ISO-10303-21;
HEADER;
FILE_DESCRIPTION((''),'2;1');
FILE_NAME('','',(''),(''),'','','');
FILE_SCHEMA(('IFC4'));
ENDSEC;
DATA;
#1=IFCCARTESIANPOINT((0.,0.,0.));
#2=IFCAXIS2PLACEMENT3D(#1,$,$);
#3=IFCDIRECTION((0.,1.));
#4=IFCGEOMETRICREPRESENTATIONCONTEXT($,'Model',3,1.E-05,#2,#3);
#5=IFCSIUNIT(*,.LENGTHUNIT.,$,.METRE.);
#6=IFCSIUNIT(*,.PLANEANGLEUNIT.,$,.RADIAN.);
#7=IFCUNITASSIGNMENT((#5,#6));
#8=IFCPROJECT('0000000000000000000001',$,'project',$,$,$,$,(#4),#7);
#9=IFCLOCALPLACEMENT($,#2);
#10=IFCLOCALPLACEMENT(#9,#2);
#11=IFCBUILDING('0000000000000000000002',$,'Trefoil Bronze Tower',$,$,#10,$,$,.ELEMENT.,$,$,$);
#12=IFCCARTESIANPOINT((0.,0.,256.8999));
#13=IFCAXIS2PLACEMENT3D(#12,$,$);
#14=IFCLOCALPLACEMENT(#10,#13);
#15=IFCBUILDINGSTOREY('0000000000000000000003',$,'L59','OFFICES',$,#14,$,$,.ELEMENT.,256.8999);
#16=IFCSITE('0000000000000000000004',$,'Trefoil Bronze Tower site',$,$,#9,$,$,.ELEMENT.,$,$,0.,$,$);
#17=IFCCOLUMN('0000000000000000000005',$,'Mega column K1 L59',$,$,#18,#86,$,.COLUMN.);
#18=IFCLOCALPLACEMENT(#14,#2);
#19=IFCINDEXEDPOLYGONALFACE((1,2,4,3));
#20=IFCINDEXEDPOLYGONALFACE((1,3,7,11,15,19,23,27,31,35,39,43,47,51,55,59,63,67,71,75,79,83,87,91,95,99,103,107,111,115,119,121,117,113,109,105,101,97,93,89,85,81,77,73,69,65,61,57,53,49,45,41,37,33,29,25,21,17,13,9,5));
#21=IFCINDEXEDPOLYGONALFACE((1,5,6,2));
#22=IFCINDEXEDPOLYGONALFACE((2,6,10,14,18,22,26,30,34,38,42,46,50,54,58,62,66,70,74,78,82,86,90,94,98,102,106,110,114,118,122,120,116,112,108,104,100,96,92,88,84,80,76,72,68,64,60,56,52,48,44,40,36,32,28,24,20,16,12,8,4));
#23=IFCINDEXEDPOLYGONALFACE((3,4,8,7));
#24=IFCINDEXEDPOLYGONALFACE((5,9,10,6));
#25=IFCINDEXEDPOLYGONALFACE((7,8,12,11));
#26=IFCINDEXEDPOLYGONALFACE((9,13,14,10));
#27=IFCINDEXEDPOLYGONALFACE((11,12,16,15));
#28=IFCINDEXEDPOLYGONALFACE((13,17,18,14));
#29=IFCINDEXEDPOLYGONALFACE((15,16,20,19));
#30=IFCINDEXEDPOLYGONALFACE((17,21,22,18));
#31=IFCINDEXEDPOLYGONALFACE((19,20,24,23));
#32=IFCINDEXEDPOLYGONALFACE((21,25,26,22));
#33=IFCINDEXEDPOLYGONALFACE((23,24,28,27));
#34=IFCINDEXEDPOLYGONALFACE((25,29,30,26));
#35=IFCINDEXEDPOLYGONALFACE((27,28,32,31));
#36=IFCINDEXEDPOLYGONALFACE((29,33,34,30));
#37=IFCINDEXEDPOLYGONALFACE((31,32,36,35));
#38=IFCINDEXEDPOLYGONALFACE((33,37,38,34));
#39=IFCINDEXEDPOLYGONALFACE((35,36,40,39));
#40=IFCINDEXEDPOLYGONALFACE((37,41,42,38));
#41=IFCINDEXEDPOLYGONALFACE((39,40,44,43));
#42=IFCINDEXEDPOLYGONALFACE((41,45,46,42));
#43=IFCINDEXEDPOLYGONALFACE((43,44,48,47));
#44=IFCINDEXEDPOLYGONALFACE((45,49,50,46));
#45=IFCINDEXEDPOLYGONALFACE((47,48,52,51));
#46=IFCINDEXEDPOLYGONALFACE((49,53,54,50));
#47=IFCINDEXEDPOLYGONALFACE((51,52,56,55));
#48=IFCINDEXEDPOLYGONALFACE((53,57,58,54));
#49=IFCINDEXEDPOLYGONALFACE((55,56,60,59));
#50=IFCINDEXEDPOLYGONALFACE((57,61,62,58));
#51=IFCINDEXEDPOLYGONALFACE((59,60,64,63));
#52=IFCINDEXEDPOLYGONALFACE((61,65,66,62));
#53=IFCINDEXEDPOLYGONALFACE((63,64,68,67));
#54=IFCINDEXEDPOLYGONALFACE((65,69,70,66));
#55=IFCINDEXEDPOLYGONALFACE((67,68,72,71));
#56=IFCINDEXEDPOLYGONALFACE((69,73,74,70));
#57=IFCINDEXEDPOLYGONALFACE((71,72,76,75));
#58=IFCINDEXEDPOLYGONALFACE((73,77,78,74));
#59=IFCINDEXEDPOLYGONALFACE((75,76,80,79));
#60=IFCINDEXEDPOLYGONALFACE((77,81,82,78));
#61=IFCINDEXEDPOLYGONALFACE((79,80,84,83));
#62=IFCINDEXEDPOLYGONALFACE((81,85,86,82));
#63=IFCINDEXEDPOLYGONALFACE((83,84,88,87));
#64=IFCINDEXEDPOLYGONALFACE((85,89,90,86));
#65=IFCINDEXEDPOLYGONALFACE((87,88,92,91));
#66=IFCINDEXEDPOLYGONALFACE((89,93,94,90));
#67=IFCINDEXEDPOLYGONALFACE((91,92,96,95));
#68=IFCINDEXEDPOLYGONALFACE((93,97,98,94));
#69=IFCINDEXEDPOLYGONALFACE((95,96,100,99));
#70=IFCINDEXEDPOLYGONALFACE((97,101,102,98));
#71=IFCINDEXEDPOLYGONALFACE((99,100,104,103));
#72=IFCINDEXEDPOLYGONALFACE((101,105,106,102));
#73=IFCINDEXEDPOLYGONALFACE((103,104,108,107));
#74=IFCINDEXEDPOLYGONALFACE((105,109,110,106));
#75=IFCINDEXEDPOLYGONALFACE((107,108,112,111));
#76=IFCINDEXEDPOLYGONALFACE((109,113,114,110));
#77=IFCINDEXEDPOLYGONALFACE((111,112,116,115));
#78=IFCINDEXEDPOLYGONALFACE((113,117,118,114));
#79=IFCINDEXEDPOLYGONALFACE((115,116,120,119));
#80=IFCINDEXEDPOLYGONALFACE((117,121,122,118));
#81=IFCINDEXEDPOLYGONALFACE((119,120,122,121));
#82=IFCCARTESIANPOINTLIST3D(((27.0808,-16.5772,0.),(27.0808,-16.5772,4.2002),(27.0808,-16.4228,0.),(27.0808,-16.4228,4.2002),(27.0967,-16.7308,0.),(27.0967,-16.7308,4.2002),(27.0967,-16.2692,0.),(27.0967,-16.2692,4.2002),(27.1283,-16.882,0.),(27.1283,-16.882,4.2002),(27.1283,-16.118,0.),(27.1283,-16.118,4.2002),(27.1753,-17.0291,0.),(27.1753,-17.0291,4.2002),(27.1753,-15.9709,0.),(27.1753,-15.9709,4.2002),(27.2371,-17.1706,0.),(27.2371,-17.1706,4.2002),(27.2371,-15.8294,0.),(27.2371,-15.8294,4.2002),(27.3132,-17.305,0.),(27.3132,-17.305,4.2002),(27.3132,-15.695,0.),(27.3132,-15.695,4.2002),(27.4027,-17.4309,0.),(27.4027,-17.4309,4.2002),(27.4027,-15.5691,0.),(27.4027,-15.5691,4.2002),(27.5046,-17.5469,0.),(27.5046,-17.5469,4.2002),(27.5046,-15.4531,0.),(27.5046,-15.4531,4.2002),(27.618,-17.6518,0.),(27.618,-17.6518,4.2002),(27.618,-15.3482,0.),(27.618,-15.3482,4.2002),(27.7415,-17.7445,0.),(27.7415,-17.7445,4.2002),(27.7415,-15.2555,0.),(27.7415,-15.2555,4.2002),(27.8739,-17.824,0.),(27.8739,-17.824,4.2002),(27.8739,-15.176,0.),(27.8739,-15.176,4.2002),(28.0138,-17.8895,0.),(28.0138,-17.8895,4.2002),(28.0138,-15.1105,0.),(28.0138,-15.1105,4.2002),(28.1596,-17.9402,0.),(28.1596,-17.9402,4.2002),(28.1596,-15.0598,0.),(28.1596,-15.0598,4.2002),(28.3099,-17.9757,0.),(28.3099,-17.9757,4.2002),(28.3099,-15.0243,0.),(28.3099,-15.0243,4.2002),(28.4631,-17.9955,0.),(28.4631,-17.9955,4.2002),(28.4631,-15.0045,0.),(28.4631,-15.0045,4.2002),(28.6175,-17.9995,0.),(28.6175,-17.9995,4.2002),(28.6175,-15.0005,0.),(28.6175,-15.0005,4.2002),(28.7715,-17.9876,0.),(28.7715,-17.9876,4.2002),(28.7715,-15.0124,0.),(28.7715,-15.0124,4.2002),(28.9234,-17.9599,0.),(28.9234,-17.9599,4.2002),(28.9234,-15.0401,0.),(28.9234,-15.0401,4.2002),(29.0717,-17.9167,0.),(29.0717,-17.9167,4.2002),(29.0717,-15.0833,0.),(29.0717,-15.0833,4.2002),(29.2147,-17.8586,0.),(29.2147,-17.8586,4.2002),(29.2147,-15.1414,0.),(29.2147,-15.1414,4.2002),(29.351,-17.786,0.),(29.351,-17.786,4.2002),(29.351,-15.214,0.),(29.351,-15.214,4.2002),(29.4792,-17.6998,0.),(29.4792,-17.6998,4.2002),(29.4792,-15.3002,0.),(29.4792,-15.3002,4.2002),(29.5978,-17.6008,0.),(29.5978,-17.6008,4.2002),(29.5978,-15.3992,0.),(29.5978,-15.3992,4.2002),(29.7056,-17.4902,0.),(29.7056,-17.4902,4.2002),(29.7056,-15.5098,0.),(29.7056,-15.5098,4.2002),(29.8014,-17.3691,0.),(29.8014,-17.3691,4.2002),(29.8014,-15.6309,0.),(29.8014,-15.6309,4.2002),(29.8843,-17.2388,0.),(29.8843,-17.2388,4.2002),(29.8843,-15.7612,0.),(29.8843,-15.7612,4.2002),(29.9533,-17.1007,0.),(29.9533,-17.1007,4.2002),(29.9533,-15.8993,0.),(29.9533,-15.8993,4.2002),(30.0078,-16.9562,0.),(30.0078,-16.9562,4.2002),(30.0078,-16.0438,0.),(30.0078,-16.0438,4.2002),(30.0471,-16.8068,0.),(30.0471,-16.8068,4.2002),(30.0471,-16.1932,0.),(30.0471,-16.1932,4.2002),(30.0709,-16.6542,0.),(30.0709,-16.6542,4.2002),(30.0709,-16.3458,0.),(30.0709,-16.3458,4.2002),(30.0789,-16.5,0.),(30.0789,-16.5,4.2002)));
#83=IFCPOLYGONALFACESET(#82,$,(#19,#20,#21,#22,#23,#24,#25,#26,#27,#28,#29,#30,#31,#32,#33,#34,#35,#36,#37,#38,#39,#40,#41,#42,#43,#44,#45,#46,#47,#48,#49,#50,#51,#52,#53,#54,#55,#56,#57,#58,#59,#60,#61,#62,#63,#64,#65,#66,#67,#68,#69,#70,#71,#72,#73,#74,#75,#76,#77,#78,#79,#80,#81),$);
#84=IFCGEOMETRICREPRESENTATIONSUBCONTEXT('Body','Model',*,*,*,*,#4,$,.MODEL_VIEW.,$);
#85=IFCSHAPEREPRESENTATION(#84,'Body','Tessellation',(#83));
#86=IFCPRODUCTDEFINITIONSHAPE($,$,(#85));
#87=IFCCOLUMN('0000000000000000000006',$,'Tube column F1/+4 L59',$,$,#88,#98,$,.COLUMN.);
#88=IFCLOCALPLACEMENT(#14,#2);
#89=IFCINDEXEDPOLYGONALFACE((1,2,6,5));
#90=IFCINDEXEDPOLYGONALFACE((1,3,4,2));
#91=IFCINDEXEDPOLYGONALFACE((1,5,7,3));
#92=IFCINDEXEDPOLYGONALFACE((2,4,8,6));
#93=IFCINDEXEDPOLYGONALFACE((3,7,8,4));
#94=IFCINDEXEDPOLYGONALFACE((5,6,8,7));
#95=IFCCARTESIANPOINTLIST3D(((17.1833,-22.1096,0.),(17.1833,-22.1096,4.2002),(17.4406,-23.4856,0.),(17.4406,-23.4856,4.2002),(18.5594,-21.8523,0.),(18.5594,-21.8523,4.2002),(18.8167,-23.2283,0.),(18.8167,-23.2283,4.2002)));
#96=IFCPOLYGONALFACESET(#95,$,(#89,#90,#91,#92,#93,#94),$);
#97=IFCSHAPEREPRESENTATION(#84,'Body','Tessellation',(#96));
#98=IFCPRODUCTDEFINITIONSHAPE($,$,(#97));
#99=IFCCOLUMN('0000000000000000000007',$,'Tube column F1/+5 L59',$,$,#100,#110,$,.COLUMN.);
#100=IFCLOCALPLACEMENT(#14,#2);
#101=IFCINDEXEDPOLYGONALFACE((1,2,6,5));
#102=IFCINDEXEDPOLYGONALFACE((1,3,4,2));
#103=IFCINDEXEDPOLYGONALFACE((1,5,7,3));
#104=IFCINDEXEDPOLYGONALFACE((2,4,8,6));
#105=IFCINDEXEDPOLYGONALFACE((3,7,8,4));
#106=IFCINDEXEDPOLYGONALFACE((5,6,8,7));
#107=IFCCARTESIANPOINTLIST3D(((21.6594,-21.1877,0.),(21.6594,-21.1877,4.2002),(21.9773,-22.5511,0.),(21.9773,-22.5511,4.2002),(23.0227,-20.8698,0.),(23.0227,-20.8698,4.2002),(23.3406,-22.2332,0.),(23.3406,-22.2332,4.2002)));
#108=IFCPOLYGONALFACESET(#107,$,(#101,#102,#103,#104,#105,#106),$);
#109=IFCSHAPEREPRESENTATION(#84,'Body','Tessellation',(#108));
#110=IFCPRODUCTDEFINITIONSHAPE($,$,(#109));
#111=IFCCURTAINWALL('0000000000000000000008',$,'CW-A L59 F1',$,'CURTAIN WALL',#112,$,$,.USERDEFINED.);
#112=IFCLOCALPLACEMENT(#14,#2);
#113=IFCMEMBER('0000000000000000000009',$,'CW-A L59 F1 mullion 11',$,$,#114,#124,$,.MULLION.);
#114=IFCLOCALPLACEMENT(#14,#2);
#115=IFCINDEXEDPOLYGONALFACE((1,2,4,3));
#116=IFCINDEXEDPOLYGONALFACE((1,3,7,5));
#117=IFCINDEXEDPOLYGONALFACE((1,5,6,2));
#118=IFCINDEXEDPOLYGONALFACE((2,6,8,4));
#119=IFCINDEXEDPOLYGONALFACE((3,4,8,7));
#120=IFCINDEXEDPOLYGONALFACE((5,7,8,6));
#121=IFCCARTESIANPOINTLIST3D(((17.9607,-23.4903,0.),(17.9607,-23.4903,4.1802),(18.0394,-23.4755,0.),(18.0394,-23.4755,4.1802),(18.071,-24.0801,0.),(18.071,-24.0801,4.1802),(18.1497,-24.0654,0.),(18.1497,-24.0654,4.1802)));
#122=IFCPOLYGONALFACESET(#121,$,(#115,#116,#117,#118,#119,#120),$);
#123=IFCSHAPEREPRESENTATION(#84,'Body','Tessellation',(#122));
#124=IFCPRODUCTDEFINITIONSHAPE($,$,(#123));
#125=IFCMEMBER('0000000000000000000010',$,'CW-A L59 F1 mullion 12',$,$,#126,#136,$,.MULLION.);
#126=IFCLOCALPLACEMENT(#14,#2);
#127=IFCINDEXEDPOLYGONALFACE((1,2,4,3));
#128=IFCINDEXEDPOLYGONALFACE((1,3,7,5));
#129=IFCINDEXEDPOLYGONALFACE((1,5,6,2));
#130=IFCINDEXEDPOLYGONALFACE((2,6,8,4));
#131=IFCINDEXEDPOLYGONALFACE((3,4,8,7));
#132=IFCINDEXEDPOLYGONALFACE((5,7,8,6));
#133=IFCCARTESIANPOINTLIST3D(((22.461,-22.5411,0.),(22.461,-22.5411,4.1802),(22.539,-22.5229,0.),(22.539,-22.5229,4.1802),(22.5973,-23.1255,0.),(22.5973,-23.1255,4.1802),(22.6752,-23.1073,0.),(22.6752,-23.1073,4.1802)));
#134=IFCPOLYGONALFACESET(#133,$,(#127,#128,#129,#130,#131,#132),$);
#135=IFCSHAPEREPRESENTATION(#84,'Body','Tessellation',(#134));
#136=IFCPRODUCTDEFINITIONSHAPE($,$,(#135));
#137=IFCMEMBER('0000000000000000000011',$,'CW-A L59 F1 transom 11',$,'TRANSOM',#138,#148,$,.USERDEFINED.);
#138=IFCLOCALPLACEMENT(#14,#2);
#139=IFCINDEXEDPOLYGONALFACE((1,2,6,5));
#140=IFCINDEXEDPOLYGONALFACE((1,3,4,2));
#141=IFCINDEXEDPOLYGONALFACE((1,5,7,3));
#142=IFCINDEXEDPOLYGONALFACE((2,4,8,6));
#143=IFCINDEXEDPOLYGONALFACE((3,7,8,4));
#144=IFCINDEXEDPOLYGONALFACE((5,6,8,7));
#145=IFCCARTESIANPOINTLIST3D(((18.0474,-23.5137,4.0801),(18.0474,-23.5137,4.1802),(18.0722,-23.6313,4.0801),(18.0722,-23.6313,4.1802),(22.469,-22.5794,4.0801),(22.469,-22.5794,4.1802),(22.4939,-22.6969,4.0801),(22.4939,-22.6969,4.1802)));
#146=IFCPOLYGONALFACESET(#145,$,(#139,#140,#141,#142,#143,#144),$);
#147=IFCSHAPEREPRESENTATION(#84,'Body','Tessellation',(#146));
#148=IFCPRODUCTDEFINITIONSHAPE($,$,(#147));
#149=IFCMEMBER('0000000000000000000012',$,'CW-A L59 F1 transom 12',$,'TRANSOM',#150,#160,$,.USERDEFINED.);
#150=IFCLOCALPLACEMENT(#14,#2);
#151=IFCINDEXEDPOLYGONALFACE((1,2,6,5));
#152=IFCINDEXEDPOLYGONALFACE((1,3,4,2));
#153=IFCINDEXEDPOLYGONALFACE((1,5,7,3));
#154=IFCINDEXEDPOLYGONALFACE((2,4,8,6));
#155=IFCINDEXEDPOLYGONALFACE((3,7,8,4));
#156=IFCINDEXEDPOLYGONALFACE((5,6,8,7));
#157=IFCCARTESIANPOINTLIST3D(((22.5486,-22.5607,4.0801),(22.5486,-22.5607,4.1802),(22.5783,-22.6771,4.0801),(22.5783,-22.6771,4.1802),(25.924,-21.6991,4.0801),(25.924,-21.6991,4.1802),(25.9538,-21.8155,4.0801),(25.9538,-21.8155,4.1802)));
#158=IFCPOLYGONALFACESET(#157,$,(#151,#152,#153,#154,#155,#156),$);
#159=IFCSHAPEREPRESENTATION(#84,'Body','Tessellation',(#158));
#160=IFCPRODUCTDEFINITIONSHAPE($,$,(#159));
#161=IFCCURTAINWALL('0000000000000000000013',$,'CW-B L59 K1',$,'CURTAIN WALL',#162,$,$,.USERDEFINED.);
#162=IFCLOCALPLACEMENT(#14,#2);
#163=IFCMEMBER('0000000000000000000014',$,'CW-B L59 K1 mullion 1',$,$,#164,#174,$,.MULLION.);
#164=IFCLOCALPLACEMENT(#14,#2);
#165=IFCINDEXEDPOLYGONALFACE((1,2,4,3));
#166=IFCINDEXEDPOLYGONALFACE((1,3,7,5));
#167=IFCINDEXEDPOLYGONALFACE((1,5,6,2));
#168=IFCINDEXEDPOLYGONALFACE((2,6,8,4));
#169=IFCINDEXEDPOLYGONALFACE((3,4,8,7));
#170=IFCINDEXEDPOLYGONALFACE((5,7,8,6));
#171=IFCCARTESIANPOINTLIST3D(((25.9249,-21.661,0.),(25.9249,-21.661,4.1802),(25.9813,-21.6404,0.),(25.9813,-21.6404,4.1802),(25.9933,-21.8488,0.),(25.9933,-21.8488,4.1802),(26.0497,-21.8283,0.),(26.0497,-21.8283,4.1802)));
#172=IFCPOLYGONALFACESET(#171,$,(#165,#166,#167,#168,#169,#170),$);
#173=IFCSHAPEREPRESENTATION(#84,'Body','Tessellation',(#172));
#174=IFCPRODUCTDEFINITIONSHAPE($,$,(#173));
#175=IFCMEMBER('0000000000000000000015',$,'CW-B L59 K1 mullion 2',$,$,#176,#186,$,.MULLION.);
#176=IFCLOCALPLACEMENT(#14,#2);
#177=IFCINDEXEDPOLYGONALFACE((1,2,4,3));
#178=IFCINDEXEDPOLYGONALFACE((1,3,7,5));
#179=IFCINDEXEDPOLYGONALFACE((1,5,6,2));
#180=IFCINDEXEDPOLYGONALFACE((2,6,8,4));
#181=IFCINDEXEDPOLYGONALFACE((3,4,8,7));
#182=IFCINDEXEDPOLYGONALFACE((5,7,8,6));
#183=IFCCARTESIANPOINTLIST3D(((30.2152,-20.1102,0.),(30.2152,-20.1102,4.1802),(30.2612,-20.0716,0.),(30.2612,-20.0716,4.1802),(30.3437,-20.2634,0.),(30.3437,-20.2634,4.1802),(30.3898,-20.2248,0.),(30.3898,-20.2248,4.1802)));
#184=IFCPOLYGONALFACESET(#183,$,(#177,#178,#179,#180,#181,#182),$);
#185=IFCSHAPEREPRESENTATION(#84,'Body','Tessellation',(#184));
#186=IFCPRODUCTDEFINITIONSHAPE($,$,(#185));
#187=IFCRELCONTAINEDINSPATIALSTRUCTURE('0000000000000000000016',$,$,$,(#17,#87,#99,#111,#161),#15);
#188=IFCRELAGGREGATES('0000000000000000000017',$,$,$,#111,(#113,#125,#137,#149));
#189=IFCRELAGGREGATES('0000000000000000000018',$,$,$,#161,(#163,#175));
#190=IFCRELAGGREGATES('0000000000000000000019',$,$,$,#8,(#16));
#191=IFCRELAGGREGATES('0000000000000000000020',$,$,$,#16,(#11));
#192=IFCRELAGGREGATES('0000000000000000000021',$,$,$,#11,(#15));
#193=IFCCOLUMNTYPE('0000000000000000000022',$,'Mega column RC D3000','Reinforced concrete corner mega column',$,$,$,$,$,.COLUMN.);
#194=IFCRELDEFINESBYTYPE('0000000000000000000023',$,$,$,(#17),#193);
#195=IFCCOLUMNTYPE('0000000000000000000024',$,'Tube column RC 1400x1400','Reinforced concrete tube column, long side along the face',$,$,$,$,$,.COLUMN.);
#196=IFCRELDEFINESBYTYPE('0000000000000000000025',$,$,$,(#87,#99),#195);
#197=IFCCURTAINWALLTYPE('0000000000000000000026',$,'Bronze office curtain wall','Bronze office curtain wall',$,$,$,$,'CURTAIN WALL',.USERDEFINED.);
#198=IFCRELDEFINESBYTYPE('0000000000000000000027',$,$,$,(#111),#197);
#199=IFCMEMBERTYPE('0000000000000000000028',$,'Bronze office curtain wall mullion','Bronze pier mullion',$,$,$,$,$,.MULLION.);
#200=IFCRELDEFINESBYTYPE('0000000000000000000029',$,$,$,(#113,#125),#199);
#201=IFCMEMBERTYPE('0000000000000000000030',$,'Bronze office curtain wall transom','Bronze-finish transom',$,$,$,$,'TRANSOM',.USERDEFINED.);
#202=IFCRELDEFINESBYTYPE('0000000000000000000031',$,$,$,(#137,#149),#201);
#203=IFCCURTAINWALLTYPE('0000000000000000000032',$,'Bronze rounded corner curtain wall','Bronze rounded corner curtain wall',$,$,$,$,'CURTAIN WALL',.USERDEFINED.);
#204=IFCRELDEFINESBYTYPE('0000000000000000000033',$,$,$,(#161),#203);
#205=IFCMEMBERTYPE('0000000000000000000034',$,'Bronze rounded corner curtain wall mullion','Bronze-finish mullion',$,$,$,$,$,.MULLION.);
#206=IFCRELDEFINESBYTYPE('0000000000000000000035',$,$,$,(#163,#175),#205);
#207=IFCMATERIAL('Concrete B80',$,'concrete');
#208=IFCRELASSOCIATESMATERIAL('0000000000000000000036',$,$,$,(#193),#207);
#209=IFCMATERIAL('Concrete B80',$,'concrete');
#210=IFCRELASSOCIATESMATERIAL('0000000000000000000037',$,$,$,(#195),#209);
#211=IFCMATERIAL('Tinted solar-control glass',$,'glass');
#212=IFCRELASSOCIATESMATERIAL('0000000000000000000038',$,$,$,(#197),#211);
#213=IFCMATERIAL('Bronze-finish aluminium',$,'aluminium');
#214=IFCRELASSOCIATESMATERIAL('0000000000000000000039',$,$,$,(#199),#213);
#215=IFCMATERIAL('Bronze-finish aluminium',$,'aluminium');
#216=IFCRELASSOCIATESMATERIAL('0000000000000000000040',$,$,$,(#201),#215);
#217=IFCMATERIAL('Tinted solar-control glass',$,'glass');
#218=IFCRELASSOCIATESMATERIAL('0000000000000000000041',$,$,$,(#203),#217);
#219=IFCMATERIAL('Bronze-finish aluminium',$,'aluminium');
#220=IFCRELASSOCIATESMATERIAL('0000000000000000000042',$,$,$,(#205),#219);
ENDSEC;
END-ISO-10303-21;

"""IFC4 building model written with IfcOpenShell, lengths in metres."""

from ifc_helpers import new_model, si_unit, direction, frame, origin, origin_2d, place, context, subcontext, project, spatial, rectangle, circle, extrude, material, material_profile, profile_set, type_object, element, aggregate, save


model = new_model("IFC4")

# Units and contexts
model_context = context("Model", 3, precision=1e-05, world=origin(), true_north=direction((0.0, 1.0)))
body_context = subcontext(model_context, "Body", "Model", "MODEL_VIEW")
ifc_project = project(units=[si_unit("LENGTHUNIT", "METRE"), si_unit("PLANEANGLEUNIT", "RADIAN")], contexts=[model_context])

# Site, building, storey
site_placement = place(None, origin())
site = spatial("IfcSite", under=ifc_project, at=site_placement, Name="Trefoil Bronze Tower site", CompositionType="ELEMENT", RefElevation=0.0)
building_placement = place(site_placement, origin())
building = spatial("IfcBuilding", under=site, at=building_placement, Name="Trefoil Bronze Tower", CompositionType="ELEMENT")
storey_placement = place(building_placement, frame((0.0, 0.0, 256.8999)))
storey = spatial("IfcBuildingStorey", under=building, at=storey_placement, Name="L59", Description="OFFICES", CompositionType="ELEMENT", Elevation=256.8999)

# Columns
ifc_material_1 = material(Name="Concrete B80", Category="concrete")
ifc_material_profile_1 = material_profile(ifc_material_1, circle(Radius=1.5, at=origin_2d()), Name="RC D3000")
ifc_profile_set_1 = profile_set([ifc_material_profile_1], Name="Concrete B80")
column_type_1 = type_object("IfcColumnType", Name="Mega column RC D3000", Description="Reinforced concrete corner mega column", PredefinedType="COLUMN", material=ifc_profile_set_1)
column_placement = place(storey_placement, frame((28.5789, -16.5, 0.0), z_axis=(0.0, 0.0, 1.0), x_axis=(1.0, 0.0, 0.0)))
element("IfcColumn", 1, at=column_placement, inside=storey, type_object=column_type_1, Name="Mega column K1 L59", PredefinedType="COLUMN", context=body_context, shape_type="SweptSolid", body=[
    extrude(circle(Radius=1.5, at=origin_2d()), origin(), (0.0, 0.0, 1.0), 4.2002),
])
ifc_material_2 = material(Name="Concrete B80", Category="concrete")
ifc_material_profile_2 = material_profile(ifc_material_2, rectangle(XDim=1.3999, YDim=1.3999, at=origin_2d()), Name="RC 1400x1400")
ifc_profile_set_2 = profile_set([ifc_material_profile_2], Name="Concrete B80")
column_type_2 = type_object("IfcColumnType", Name="Tube column RC 1400x1400", Description="Reinforced concrete tube column, long side along the face", PredefinedType="COLUMN", material=ifc_profile_set_2)
for number, where, z_axis, x_axis, name in (
    (2, (18.0, -22.6689, 0.0), (0.0, 0.0, 1.0), (0.982959, 0.183825, 0.0), "Tube column F1/+4 L59"),
    (3, (22.5, -21.7104, 0.0), (0.0, 0.0, 1.0), (0.973875, 0.227083, 0.0), "Tube column F1/+5 L59"),
):
    element("IfcColumn", number, at=place(storey_placement, frame(where, z_axis=z_axis, x_axis=x_axis)), inside=storey, type_object=column_type_2, Name=name, PredefinedType="COLUMN", context=body_context, shape_type="SweptSolid", body=[
        extrude(rectangle(XDim=1.3999, YDim=1.3999, at=origin_2d()), origin(), (0.0, 0.0, 1.0), 4.2002),
    ])

# Curtain walls, members
ifc_material_3 = material(Name="Tinted solar-control glass", Category="glass")
curtain_wall_type_1 = type_object("IfcCurtainWallType", Name="Bronze office curtain wall", Description="Bronze office curtain wall", ElementType="CURTAIN WALL", PredefinedType="USERDEFINED", material=ifc_material_3)
curtain_wall_1_placement = place(storey_placement, origin())
curtain_wall_1 = element("IfcCurtainWall", 4, at=curtain_wall_1_placement, inside=storey, type_object=curtain_wall_type_1, Name="CW-A L59 F1", ObjectType="CURTAIN WALL", PredefinedType="USERDEFINED")
ifc_material_4 = material(Name="Bronze-finish aluminium", Category="aluminium")
ifc_material_profile_3 = material_profile(ifc_material_4, rectangle(XDim=0.6001, YDim=0.0801, at=origin_2d()), Name="CW-A mullion")
ifc_profile_set_3 = profile_set([ifc_material_profile_3], Name="Bronze-finish aluminium")
member_type_1 = type_object("IfcMemberType", Name="Bronze office curtain wall mullion", Description="Bronze pier mullion", PredefinedType="MULLION", material=ifc_profile_set_3)
member_1_placement = place(storey_placement, frame((18.0552, -23.7778, 0.0), z_axis=(0.0, 0.0, 1.0), x_axis=(-0.183825, 0.982959, 0.0)))
member_1 = element("IfcMember", 5, at=member_1_placement, type_object=member_type_1, Name="CW-A L59 F1 mullion 11", PredefinedType="MULLION", context=body_context, shape_type="SweptSolid", body=[
    extrude(rectangle(XDim=0.6001, YDim=0.0801, at=origin_2d()), origin(), (0.0, 0.0, 1.0), 4.1802),
])
member_2_placement = place(storey_placement, frame((22.5681, -22.8242, 0.0), z_axis=(0.0, 0.0, 1.0), x_axis=(-0.227083, 0.973875, 0.0)))
member_2 = element("IfcMember", 6, at=member_2_placement, type_object=member_type_1, Name="CW-A L59 F1 mullion 12", PredefinedType="MULLION", context=body_context, shape_type="SweptSolid", body=[
    extrude(rectangle(XDim=0.6001, YDim=0.0801, at=origin_2d()), origin(), (0.0, 0.0, 1.0), 4.1802),
])
ifc_material_5 = material(Name="Bronze-finish aluminium", Category="aluminium")
ifc_material_profile_4 = material_profile(ifc_material_5, rectangle(XDim=0.1201, YDim=0.1001, at=origin_2d()), Name="CW-A transom")
ifc_profile_set_4 = profile_set([ifc_material_profile_4], Name="Bronze-finish aluminium")
member_type_2 = type_object("IfcMemberType", Name="Bronze office curtain wall transom", Description="Bronze-finish transom", ElementType="TRANSOM", PredefinedType="USERDEFINED", material=ifc_profile_set_4)
member_3_placement = place(storey_placement, frame((18.0598, -23.5725, 4.1301), z_axis=(0.978395, 0.206743, 0.0), x_axis=(-0.206743, 0.978395, 0.0)))
member_3 = element("IfcMember", 7, at=member_3_placement, type_object=member_type_2, Name="CW-A L59 F1 transom 11", ObjectType="TRANSOM", PredefinedType="USERDEFINED", context=body_context, shape_type="SweptSolid", body=[
    extrude(rectangle(XDim=0.1201, YDim=0.1001, at=origin_2d()), origin(), (0.0, 0.0, 1.0), 4.5193),
])
member_4_placement = place(storey_placement, frame((22.5635, -22.6189, 4.1301), z_axis=(0.968935, 0.247315, 0.0), x_axis=(-0.247315, 0.968935, 0.0)))
member_4 = element("IfcMember", 8, at=member_4_placement, type_object=member_type_2, Name="CW-A L59 F1 transom 12", ObjectType="TRANSOM", PredefinedType="USERDEFINED", context=body_context, shape_type="SweptSolid", body=[
    extrude(rectangle(XDim=0.1201, YDim=0.1001, at=origin_2d()), origin(), (0.0, 0.0, 1.0), 3.4836),
])
ifc_material_6 = material(Name="Tinted solar-control glass", Category="glass")
curtain_wall_type_2 = type_object("IfcCurtainWallType", Name="Bronze rounded corner curtain wall", Description="Bronze rounded corner curtain wall", ElementType="CURTAIN WALL", PredefinedType="USERDEFINED", material=ifc_material_6)
curtain_wall_2_placement = place(storey_placement, origin())
curtain_wall_2 = element("IfcCurtainWall", 9, at=curtain_wall_2_placement, inside=storey, type_object=curtain_wall_type_2, Name="CW-B L59 K1", ObjectType="CURTAIN WALL", PredefinedType="USERDEFINED")
ifc_material_7 = material(Name="Bronze-finish aluminium", Category="aluminium")
ifc_material_profile_5 = material_profile(ifc_material_7, rectangle(XDim=0.2, YDim=0.0601, at=origin_2d()), Name="CW-B mullion")
ifc_profile_set_5 = profile_set([ifc_material_profile_5], Name="Bronze-finish aluminium")
member_type_3 = type_object("IfcMemberType", Name="Bronze rounded corner curtain wall mullion", Description="Bronze-finish mullion", PredefinedType="MULLION", material=ifc_profile_set_5)
member_5_placement = place(storey_placement, frame((25.9873, -21.7446, 0.0), z_axis=(0.0, 0.0, 1.0), x_axis=(-0.34202, 0.939693, 0.0)))
member_5 = element("IfcMember", 10, at=member_5_placement, type_object=member_type_3, Name="CW-B L59 K1 mullion 1", PredefinedType="MULLION", context=body_context, shape_type="SweptSolid", body=[
    extrude(rectangle(XDim=0.2, YDim=0.0601, at=origin_2d()), origin(), (0.0, 0.0, 1.0), 4.1802),
])
member_6_placement = place(storey_placement, frame((30.3025, -20.1675, 0.0), z_axis=(0.0, 0.0, 1.0), x_axis=(-0.642788, 0.766044, 0.0)))
member_6 = element("IfcMember", 11, at=member_6_placement, type_object=member_type_3, Name="CW-B L59 K1 mullion 2", PredefinedType="MULLION", context=body_context, shape_type="SweptSolid", body=[
    extrude(rectangle(XDim=0.2, YDim=0.0601, at=origin_2d()), origin(), (0.0, 0.0, 1.0), 4.1802),
])

aggregate(curtain_wall_1, [member_1, member_2, member_3, member_4])
aggregate(curtain_wall_2, [member_5, member_6])

save(model, "model.ifc")
